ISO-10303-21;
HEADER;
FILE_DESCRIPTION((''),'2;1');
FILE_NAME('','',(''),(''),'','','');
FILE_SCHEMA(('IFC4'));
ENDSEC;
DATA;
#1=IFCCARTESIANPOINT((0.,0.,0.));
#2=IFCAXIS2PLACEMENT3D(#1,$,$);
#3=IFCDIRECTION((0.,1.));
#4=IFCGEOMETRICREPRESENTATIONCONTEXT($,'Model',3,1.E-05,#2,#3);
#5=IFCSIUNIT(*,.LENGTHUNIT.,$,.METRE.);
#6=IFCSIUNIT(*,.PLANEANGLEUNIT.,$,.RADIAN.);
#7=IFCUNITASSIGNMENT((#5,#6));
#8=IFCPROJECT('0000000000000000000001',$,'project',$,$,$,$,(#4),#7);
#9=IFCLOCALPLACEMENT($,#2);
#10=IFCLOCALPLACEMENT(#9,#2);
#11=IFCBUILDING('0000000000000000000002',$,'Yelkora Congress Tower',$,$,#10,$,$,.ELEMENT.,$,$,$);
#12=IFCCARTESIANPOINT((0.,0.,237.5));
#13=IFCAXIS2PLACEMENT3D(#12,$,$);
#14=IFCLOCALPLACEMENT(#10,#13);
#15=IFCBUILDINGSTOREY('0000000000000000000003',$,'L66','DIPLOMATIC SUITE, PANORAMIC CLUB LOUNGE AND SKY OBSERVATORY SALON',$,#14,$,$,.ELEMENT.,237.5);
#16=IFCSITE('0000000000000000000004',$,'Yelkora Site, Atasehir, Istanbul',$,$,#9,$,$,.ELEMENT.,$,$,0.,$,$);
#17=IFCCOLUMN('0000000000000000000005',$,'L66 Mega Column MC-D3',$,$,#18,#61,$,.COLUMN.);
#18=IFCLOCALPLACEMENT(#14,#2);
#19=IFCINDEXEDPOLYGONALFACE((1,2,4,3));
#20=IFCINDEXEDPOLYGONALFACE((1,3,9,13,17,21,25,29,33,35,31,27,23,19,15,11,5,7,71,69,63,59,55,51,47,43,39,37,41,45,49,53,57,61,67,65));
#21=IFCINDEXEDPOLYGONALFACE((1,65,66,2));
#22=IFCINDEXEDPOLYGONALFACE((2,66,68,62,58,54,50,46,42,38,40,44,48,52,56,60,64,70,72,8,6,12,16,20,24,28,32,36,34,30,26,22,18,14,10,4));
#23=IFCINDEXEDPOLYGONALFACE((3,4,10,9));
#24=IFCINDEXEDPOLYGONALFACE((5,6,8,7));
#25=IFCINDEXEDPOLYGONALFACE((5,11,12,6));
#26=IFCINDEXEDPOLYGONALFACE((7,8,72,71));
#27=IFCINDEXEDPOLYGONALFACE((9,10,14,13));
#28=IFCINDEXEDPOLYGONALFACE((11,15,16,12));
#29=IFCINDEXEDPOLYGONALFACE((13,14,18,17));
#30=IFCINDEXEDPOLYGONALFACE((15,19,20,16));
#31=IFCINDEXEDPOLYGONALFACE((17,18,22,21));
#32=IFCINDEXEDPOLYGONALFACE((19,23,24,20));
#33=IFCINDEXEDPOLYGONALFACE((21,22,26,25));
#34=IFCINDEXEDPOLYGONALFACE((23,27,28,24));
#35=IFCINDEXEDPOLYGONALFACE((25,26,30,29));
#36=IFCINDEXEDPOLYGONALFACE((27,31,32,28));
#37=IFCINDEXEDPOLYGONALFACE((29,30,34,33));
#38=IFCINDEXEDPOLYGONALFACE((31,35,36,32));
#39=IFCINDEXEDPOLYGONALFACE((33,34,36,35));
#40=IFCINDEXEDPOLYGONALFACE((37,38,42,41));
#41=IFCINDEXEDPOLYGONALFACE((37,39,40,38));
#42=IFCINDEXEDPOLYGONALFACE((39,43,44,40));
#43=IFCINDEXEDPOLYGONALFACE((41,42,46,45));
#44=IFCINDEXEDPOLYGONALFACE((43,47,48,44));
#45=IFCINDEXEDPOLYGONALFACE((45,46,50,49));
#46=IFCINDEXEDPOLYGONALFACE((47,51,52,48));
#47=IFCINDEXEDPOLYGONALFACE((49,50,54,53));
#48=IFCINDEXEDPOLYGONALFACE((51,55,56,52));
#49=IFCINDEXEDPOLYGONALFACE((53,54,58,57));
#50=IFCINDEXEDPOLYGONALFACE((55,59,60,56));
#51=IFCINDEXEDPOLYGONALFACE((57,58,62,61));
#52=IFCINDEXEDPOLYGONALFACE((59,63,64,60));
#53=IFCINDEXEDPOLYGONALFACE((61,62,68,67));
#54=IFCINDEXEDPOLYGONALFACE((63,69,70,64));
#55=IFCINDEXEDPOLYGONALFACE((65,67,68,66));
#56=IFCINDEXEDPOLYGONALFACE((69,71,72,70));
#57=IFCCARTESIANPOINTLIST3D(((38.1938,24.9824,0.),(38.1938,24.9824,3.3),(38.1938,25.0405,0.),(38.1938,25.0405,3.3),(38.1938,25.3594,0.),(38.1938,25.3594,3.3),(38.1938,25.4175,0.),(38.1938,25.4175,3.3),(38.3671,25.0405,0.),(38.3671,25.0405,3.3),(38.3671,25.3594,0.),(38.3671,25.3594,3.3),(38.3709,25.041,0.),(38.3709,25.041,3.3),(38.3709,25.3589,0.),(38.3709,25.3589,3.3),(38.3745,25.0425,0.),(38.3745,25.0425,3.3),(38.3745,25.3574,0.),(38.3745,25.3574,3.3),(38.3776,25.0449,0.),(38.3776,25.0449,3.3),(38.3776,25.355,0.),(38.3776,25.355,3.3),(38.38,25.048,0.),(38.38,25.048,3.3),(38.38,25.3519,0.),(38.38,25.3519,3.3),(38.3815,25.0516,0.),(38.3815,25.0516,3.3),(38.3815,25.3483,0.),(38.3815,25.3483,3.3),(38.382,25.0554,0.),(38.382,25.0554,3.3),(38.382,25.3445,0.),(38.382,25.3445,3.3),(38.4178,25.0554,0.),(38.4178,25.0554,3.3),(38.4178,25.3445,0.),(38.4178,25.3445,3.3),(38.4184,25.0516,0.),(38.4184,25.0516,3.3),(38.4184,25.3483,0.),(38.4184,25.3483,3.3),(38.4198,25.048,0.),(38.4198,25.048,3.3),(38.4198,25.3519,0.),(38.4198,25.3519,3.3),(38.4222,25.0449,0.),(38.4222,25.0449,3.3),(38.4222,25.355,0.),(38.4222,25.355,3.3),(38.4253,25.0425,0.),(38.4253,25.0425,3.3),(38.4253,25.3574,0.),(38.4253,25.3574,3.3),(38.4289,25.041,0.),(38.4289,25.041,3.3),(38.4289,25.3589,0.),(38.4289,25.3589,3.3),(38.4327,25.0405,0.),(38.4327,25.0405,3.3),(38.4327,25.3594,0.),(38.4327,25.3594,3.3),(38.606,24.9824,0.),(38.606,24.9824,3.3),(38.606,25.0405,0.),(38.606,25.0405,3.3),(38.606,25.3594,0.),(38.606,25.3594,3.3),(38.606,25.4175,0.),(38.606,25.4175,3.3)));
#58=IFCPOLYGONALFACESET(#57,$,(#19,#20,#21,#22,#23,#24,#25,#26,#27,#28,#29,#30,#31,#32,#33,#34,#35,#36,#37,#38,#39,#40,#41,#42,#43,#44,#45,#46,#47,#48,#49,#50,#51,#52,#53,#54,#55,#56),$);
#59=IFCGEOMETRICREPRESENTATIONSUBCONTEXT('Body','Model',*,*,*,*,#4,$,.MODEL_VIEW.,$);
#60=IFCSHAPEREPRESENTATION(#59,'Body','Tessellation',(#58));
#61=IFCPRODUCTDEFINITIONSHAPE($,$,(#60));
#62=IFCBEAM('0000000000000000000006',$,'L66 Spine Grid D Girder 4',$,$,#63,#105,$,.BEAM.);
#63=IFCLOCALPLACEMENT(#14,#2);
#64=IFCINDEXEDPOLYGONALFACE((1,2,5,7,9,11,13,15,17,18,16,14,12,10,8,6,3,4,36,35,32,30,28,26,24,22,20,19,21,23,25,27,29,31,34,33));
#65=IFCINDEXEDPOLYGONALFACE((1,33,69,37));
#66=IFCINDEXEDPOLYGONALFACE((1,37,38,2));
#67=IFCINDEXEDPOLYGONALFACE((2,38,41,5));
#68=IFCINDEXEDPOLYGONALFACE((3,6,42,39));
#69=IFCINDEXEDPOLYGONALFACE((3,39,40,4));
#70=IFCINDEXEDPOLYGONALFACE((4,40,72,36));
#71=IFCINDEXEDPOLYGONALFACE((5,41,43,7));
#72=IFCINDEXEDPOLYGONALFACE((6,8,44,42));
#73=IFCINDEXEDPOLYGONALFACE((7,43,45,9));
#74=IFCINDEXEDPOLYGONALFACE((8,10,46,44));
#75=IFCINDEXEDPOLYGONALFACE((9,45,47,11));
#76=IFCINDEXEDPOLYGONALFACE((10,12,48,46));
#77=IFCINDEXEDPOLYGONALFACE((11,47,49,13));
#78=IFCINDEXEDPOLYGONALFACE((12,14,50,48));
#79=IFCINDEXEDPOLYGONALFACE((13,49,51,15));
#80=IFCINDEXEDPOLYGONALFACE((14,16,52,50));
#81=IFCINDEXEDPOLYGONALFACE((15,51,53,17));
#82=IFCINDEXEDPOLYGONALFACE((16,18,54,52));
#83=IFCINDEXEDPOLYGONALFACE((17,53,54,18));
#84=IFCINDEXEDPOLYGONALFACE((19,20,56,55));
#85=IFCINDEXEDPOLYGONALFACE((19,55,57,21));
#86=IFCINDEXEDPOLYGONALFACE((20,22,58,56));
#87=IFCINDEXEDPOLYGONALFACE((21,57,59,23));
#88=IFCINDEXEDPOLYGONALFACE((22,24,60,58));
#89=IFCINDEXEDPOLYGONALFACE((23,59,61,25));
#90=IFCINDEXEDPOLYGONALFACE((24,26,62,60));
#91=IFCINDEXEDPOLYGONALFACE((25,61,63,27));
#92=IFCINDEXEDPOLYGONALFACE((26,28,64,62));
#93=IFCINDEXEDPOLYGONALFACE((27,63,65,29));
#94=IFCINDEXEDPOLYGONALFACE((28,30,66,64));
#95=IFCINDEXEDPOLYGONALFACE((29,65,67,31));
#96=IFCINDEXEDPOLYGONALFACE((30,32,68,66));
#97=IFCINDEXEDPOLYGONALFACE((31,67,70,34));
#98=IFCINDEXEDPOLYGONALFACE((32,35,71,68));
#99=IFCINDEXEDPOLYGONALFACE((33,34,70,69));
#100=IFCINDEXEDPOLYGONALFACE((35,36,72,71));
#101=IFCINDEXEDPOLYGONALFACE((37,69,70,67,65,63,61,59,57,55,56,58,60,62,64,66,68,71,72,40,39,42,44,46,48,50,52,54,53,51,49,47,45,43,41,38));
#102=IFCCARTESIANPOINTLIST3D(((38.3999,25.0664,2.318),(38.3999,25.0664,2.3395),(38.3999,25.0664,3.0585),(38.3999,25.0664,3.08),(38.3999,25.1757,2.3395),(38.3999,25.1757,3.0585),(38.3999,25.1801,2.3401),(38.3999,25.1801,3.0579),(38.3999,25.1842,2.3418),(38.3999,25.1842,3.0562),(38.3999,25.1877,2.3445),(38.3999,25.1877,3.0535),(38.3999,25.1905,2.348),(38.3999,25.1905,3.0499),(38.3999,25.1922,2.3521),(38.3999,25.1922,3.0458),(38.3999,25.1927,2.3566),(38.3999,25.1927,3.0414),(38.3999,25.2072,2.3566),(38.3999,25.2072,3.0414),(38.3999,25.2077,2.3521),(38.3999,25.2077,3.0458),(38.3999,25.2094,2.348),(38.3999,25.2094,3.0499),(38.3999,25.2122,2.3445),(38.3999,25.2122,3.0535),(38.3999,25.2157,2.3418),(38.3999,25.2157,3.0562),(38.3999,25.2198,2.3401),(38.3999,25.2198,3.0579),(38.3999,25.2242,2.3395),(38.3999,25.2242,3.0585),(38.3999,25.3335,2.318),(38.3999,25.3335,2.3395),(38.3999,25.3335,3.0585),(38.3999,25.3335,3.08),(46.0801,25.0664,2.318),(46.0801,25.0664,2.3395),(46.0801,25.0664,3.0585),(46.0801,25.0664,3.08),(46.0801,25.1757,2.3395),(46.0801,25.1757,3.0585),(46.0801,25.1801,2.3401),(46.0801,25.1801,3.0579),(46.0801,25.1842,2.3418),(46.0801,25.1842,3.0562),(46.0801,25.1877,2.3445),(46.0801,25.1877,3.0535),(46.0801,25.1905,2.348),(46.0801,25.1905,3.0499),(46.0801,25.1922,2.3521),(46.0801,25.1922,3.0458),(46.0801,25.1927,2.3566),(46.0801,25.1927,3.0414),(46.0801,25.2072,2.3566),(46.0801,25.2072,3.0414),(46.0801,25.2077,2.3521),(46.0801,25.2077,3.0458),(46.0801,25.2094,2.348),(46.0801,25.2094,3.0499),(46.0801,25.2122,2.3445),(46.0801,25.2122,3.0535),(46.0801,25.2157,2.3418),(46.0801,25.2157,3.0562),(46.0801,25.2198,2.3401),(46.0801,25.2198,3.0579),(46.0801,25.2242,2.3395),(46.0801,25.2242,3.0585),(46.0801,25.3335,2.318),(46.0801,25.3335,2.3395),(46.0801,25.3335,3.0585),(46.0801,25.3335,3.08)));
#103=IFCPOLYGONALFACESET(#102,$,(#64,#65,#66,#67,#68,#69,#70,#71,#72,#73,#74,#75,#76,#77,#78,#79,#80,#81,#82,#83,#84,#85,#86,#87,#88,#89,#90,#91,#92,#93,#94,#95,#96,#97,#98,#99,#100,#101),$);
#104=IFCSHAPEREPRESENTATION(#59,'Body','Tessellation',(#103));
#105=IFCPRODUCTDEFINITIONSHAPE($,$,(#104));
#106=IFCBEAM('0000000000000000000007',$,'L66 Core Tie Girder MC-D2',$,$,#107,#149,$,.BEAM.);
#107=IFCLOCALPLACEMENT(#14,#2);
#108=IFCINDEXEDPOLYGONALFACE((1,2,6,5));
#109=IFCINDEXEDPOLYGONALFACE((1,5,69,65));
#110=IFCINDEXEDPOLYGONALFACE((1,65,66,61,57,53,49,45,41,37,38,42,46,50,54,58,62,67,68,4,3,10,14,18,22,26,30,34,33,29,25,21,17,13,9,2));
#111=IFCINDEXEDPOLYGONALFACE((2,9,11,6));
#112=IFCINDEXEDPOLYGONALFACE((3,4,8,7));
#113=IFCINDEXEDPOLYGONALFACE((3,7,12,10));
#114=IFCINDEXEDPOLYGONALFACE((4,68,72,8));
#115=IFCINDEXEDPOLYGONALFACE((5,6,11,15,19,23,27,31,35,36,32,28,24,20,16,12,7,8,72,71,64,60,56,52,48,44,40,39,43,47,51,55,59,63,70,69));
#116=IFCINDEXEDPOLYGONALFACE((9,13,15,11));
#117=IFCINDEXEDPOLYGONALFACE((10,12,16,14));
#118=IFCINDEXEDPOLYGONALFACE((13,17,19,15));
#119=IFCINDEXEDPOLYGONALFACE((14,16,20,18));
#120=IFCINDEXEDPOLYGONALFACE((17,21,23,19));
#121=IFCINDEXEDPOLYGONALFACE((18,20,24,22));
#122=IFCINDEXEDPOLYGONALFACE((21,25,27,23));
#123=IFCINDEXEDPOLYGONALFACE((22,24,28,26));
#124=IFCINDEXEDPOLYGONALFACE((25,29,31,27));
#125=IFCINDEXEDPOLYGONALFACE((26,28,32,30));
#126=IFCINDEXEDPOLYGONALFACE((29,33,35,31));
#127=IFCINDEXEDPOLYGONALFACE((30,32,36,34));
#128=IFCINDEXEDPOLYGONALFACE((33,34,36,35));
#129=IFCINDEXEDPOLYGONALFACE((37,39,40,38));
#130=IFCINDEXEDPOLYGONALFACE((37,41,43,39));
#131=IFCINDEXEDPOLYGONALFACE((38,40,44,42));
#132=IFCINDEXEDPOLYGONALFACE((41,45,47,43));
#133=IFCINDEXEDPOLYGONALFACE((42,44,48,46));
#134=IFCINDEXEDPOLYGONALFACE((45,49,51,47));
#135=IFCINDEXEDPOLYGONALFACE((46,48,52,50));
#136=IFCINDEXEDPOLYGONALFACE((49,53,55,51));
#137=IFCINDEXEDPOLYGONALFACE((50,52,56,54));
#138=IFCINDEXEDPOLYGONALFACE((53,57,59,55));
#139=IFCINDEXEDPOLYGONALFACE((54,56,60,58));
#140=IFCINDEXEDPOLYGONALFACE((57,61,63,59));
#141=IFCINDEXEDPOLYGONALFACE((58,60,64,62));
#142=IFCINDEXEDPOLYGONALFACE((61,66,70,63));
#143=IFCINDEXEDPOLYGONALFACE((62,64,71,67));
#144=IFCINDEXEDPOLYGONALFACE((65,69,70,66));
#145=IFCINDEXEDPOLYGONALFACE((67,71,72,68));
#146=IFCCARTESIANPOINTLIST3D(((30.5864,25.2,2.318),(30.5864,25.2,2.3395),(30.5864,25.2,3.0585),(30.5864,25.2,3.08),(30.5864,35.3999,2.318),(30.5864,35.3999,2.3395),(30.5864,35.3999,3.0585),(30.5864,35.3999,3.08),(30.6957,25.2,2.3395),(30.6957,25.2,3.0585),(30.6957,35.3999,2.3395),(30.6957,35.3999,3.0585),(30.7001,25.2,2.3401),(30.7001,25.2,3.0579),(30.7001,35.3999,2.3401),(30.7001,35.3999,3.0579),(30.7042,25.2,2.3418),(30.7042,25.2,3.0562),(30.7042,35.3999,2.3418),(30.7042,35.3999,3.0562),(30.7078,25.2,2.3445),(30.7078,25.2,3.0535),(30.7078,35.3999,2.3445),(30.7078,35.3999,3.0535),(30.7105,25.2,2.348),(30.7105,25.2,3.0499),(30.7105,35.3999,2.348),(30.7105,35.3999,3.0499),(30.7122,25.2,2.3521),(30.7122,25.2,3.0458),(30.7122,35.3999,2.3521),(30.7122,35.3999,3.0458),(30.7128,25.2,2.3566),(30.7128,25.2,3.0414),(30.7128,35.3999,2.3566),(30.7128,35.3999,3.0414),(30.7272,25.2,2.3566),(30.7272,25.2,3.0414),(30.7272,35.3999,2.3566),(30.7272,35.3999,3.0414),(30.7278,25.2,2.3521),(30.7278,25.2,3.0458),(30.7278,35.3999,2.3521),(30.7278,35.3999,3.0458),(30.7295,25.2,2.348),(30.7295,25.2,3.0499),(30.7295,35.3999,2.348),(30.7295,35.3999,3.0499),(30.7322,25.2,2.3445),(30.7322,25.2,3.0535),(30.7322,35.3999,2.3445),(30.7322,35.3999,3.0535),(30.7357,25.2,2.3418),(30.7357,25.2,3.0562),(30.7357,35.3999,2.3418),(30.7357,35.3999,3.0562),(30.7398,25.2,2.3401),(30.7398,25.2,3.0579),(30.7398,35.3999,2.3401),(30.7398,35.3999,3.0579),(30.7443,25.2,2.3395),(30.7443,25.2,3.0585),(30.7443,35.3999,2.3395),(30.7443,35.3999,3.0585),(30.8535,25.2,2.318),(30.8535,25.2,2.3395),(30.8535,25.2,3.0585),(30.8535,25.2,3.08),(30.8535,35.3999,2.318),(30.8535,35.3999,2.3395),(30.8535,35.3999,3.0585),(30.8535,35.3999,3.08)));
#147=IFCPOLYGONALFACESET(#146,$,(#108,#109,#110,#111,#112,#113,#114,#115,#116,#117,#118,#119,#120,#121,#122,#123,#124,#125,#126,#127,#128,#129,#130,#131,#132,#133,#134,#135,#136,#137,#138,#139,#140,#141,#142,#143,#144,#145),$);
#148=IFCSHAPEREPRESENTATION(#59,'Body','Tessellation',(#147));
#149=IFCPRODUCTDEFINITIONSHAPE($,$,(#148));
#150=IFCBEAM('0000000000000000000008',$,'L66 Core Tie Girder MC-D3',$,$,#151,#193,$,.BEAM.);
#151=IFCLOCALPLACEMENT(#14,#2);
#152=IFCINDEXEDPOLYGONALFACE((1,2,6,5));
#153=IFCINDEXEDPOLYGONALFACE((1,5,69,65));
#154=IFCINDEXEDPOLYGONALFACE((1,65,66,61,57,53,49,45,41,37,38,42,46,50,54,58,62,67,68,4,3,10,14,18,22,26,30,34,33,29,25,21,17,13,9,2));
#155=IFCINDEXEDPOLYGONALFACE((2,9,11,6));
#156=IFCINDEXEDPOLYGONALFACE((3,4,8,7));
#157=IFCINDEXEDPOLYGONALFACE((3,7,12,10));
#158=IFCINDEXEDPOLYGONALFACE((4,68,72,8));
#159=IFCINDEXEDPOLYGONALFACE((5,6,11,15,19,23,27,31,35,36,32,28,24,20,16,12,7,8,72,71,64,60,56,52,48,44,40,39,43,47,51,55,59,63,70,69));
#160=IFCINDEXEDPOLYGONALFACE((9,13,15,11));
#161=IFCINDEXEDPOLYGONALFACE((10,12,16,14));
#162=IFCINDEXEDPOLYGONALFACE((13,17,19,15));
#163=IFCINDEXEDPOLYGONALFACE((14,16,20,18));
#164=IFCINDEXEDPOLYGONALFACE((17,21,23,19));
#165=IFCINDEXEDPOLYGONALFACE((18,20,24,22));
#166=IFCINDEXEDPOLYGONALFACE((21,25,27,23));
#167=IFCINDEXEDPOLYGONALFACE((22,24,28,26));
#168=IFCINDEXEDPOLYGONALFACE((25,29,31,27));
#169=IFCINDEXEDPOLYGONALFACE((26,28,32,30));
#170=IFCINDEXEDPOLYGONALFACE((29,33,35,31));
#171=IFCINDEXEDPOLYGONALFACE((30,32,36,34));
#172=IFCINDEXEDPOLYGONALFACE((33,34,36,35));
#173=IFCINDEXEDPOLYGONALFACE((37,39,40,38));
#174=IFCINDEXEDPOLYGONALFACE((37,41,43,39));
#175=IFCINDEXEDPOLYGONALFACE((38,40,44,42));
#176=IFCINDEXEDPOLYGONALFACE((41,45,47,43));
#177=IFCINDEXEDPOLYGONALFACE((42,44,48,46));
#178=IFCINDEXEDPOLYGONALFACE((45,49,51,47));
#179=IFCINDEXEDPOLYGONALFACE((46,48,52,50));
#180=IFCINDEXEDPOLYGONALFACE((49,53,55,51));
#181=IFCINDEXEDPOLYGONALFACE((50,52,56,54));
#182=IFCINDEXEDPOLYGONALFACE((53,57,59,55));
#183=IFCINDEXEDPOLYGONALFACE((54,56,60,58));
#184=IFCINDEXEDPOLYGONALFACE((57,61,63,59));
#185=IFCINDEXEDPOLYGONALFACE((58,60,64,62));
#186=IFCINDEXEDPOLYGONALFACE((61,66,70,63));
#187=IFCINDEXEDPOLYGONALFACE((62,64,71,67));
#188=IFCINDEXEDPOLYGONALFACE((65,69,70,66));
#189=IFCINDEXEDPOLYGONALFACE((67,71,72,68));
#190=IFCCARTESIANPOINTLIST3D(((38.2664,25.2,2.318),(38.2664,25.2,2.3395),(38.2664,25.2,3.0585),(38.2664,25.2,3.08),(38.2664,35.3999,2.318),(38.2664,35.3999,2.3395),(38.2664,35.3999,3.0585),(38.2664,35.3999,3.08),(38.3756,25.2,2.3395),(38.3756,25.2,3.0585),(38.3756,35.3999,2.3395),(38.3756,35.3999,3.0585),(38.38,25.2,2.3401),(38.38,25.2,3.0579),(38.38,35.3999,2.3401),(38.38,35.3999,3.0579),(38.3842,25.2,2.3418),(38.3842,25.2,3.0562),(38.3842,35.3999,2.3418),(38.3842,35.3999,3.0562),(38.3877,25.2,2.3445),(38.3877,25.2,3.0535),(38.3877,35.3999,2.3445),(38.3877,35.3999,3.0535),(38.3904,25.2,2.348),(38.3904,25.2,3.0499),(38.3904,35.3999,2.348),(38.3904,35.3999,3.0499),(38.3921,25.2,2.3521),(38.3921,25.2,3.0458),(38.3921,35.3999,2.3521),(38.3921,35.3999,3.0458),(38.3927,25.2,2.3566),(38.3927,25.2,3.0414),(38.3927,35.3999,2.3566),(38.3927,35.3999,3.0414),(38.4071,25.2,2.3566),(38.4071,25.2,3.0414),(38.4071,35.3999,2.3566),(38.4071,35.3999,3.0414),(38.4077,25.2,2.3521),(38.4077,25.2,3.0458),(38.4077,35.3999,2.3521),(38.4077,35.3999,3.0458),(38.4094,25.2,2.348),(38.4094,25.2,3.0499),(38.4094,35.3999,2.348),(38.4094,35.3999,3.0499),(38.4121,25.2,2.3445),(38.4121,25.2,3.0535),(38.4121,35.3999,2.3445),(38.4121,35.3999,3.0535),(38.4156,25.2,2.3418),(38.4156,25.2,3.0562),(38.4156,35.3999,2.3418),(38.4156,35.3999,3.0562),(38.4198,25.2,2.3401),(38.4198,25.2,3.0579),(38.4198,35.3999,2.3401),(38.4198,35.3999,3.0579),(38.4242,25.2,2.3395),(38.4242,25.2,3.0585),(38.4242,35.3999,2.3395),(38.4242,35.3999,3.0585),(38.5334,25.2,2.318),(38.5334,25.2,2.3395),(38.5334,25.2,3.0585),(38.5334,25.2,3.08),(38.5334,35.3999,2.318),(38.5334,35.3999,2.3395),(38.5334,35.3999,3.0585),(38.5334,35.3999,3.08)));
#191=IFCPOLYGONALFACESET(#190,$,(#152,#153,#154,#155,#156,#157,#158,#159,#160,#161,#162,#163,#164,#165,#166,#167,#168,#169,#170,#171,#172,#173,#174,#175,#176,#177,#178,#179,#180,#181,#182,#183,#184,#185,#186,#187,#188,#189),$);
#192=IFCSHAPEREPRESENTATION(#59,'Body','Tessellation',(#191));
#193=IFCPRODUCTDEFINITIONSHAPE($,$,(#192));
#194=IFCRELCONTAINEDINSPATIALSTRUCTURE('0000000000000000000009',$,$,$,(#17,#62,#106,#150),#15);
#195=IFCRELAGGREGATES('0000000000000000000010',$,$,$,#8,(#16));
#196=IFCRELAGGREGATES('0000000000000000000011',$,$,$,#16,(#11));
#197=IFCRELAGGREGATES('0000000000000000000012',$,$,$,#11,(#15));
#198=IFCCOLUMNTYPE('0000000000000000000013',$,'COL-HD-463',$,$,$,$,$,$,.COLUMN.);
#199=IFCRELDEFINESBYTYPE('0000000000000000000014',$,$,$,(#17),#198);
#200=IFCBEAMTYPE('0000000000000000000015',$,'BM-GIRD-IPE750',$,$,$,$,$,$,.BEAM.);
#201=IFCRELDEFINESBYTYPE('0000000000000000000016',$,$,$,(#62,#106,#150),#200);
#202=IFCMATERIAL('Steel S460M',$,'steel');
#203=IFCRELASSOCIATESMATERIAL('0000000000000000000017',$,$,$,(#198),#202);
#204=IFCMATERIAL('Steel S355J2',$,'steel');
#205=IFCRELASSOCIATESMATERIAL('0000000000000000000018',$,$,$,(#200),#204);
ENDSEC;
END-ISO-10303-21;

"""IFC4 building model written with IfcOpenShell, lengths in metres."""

from ifc_helpers import new_model, si_unit, direction, frame, origin, origin_2d, place, context, subcontext, project, spatial, i_section, extrude, material, material_profile, profile_set, type_object, element, save


model = new_model("IFC4")

# Units and contexts
model_context = context("Model", 3, precision=1e-05, world=origin(), true_north=direction((0.0, 1.0)))
body_context = subcontext(model_context, "Body", "Model", "MODEL_VIEW")
ifc_project = project(units=[si_unit("LENGTHUNIT", "METRE"), si_unit("PLANEANGLEUNIT", "RADIAN")], contexts=[model_context])

# Site, building, storey
site_placement = place(None, origin())
site = spatial("IfcSite", under=ifc_project, at=site_placement, Name="Yelkora Site, Atasehir, Istanbul", CompositionType="ELEMENT", RefElevation=0.0)
building_placement = place(site_placement, origin())
building = spatial("IfcBuilding", under=site, at=building_placement, Name="Yelkora Congress Tower", CompositionType="ELEMENT")
storey_placement = place(building_placement, frame((0.0, 0.0, 237.5)))
storey = spatial("IfcBuildingStorey", under=building, at=storey_placement, Name="L66", Description="DIPLOMATIC SUITE, PANORAMIC CLUB LOUNGE AND SKY OBSERVATORY SALON", CompositionType="ELEMENT", Elevation=237.5)

# Column
ifc_material_1 = material(Name="Steel S460M", Category="steel")
ifc_material_profile_1 = material_profile(ifc_material_1, i_section(OverallWidth=0.4121, OverallDepth=0.4351, WebThickness=0.0359, FlangeThickness=0.0581, FilletRadius=0.0149, at=origin_2d()), Name="HD 400x463")
ifc_profile_set_1 = profile_set([ifc_material_profile_1], Name="Steel S460M")
column_type = type_object("IfcColumnType", Name="COL-HD-463", PredefinedType="COLUMN", material=ifc_profile_set_1)
column_placement = place(storey_placement, frame((38.3999, 25.2, 0.0), z_axis=(0.0, 0.0, 1.0), x_axis=(1.0, 0.0, 0.0)))
element("IfcColumn", 1, at=column_placement, inside=storey, type_object=column_type, Name="L66 Mega Column MC-D3", PredefinedType="COLUMN", context=body_context, shape_type="SweptSolid", body=[
    extrude(i_section(OverallWidth=0.4121, OverallDepth=0.4351, WebThickness=0.0359, FlangeThickness=0.0581, FilletRadius=0.0149, at=origin_2d()), origin(), (0.0, 0.0, 1.0), 3.3),
])

# Beams
ifc_material_2 = material(Name="Steel S355J2", Category="steel")
ifc_material_profile_2 = material_profile(ifc_material_2, i_section(OverallWidth=0.2671, OverallDepth=0.762, WebThickness=0.0144, FlangeThickness=0.0215, FilletRadius=0.0171, at=origin_2d()), Name="IPE 750x173")
ifc_profile_set_2 = profile_set([ifc_material_profile_2], Name="Steel S355J2")
beam_type_1 = type_object("IfcBeamType", Name="BM-GIRD-IPE750", PredefinedType="BEAM", material=ifc_profile_set_2)
beam_1_placement = place(storey_placement, frame((38.3999, 25.2, 2.699), z_axis=(1.0, 0.0, 0.0), x_axis=(0.0, 1.0, 0.0)))
element("IfcBeam", 2, at=beam_1_placement, inside=storey, type_object=beam_type_1, Name="L66 Spine Grid D Girder 4", PredefinedType="BEAM", context=body_context, shape_type="SweptSolid", body=[
    extrude(i_section(OverallWidth=0.2671, OverallDepth=0.762, WebThickness=0.0144, FlangeThickness=0.0215, FilletRadius=0.0171, at=origin_2d()), origin(), (0.0, 0.0, 1.0), 7.6802),
])
for number, where, z_axis, x_axis, name in (
    (3, (30.72, 25.2, 2.699), (0.0, 1.0, 0.0), (-1.0, 0.0, 0.0), "L66 Core Tie Girder MC-D2"),
    (4, (38.3999, 25.2, 2.699), (0.0, 1.0, 0.0), (-1.0, 0.0, 0.0), "L66 Core Tie Girder MC-D3"),
):
    element("IfcBeam", number, at=place(storey_placement, frame(where, z_axis=z_axis, x_axis=x_axis)), inside=storey, type_object=beam_type_1, Name=name, PredefinedType="BEAM", context=body_context, shape_type="SweptSolid", body=[
        extrude(i_section(OverallWidth=0.2671, OverallDepth=0.762, WebThickness=0.0144, FlangeThickness=0.0215, FilletRadius=0.0171, at=origin_2d()), origin(), (0.0, 0.0, 1.0), 10.2),
    ])

save(model, "model.ifc")
